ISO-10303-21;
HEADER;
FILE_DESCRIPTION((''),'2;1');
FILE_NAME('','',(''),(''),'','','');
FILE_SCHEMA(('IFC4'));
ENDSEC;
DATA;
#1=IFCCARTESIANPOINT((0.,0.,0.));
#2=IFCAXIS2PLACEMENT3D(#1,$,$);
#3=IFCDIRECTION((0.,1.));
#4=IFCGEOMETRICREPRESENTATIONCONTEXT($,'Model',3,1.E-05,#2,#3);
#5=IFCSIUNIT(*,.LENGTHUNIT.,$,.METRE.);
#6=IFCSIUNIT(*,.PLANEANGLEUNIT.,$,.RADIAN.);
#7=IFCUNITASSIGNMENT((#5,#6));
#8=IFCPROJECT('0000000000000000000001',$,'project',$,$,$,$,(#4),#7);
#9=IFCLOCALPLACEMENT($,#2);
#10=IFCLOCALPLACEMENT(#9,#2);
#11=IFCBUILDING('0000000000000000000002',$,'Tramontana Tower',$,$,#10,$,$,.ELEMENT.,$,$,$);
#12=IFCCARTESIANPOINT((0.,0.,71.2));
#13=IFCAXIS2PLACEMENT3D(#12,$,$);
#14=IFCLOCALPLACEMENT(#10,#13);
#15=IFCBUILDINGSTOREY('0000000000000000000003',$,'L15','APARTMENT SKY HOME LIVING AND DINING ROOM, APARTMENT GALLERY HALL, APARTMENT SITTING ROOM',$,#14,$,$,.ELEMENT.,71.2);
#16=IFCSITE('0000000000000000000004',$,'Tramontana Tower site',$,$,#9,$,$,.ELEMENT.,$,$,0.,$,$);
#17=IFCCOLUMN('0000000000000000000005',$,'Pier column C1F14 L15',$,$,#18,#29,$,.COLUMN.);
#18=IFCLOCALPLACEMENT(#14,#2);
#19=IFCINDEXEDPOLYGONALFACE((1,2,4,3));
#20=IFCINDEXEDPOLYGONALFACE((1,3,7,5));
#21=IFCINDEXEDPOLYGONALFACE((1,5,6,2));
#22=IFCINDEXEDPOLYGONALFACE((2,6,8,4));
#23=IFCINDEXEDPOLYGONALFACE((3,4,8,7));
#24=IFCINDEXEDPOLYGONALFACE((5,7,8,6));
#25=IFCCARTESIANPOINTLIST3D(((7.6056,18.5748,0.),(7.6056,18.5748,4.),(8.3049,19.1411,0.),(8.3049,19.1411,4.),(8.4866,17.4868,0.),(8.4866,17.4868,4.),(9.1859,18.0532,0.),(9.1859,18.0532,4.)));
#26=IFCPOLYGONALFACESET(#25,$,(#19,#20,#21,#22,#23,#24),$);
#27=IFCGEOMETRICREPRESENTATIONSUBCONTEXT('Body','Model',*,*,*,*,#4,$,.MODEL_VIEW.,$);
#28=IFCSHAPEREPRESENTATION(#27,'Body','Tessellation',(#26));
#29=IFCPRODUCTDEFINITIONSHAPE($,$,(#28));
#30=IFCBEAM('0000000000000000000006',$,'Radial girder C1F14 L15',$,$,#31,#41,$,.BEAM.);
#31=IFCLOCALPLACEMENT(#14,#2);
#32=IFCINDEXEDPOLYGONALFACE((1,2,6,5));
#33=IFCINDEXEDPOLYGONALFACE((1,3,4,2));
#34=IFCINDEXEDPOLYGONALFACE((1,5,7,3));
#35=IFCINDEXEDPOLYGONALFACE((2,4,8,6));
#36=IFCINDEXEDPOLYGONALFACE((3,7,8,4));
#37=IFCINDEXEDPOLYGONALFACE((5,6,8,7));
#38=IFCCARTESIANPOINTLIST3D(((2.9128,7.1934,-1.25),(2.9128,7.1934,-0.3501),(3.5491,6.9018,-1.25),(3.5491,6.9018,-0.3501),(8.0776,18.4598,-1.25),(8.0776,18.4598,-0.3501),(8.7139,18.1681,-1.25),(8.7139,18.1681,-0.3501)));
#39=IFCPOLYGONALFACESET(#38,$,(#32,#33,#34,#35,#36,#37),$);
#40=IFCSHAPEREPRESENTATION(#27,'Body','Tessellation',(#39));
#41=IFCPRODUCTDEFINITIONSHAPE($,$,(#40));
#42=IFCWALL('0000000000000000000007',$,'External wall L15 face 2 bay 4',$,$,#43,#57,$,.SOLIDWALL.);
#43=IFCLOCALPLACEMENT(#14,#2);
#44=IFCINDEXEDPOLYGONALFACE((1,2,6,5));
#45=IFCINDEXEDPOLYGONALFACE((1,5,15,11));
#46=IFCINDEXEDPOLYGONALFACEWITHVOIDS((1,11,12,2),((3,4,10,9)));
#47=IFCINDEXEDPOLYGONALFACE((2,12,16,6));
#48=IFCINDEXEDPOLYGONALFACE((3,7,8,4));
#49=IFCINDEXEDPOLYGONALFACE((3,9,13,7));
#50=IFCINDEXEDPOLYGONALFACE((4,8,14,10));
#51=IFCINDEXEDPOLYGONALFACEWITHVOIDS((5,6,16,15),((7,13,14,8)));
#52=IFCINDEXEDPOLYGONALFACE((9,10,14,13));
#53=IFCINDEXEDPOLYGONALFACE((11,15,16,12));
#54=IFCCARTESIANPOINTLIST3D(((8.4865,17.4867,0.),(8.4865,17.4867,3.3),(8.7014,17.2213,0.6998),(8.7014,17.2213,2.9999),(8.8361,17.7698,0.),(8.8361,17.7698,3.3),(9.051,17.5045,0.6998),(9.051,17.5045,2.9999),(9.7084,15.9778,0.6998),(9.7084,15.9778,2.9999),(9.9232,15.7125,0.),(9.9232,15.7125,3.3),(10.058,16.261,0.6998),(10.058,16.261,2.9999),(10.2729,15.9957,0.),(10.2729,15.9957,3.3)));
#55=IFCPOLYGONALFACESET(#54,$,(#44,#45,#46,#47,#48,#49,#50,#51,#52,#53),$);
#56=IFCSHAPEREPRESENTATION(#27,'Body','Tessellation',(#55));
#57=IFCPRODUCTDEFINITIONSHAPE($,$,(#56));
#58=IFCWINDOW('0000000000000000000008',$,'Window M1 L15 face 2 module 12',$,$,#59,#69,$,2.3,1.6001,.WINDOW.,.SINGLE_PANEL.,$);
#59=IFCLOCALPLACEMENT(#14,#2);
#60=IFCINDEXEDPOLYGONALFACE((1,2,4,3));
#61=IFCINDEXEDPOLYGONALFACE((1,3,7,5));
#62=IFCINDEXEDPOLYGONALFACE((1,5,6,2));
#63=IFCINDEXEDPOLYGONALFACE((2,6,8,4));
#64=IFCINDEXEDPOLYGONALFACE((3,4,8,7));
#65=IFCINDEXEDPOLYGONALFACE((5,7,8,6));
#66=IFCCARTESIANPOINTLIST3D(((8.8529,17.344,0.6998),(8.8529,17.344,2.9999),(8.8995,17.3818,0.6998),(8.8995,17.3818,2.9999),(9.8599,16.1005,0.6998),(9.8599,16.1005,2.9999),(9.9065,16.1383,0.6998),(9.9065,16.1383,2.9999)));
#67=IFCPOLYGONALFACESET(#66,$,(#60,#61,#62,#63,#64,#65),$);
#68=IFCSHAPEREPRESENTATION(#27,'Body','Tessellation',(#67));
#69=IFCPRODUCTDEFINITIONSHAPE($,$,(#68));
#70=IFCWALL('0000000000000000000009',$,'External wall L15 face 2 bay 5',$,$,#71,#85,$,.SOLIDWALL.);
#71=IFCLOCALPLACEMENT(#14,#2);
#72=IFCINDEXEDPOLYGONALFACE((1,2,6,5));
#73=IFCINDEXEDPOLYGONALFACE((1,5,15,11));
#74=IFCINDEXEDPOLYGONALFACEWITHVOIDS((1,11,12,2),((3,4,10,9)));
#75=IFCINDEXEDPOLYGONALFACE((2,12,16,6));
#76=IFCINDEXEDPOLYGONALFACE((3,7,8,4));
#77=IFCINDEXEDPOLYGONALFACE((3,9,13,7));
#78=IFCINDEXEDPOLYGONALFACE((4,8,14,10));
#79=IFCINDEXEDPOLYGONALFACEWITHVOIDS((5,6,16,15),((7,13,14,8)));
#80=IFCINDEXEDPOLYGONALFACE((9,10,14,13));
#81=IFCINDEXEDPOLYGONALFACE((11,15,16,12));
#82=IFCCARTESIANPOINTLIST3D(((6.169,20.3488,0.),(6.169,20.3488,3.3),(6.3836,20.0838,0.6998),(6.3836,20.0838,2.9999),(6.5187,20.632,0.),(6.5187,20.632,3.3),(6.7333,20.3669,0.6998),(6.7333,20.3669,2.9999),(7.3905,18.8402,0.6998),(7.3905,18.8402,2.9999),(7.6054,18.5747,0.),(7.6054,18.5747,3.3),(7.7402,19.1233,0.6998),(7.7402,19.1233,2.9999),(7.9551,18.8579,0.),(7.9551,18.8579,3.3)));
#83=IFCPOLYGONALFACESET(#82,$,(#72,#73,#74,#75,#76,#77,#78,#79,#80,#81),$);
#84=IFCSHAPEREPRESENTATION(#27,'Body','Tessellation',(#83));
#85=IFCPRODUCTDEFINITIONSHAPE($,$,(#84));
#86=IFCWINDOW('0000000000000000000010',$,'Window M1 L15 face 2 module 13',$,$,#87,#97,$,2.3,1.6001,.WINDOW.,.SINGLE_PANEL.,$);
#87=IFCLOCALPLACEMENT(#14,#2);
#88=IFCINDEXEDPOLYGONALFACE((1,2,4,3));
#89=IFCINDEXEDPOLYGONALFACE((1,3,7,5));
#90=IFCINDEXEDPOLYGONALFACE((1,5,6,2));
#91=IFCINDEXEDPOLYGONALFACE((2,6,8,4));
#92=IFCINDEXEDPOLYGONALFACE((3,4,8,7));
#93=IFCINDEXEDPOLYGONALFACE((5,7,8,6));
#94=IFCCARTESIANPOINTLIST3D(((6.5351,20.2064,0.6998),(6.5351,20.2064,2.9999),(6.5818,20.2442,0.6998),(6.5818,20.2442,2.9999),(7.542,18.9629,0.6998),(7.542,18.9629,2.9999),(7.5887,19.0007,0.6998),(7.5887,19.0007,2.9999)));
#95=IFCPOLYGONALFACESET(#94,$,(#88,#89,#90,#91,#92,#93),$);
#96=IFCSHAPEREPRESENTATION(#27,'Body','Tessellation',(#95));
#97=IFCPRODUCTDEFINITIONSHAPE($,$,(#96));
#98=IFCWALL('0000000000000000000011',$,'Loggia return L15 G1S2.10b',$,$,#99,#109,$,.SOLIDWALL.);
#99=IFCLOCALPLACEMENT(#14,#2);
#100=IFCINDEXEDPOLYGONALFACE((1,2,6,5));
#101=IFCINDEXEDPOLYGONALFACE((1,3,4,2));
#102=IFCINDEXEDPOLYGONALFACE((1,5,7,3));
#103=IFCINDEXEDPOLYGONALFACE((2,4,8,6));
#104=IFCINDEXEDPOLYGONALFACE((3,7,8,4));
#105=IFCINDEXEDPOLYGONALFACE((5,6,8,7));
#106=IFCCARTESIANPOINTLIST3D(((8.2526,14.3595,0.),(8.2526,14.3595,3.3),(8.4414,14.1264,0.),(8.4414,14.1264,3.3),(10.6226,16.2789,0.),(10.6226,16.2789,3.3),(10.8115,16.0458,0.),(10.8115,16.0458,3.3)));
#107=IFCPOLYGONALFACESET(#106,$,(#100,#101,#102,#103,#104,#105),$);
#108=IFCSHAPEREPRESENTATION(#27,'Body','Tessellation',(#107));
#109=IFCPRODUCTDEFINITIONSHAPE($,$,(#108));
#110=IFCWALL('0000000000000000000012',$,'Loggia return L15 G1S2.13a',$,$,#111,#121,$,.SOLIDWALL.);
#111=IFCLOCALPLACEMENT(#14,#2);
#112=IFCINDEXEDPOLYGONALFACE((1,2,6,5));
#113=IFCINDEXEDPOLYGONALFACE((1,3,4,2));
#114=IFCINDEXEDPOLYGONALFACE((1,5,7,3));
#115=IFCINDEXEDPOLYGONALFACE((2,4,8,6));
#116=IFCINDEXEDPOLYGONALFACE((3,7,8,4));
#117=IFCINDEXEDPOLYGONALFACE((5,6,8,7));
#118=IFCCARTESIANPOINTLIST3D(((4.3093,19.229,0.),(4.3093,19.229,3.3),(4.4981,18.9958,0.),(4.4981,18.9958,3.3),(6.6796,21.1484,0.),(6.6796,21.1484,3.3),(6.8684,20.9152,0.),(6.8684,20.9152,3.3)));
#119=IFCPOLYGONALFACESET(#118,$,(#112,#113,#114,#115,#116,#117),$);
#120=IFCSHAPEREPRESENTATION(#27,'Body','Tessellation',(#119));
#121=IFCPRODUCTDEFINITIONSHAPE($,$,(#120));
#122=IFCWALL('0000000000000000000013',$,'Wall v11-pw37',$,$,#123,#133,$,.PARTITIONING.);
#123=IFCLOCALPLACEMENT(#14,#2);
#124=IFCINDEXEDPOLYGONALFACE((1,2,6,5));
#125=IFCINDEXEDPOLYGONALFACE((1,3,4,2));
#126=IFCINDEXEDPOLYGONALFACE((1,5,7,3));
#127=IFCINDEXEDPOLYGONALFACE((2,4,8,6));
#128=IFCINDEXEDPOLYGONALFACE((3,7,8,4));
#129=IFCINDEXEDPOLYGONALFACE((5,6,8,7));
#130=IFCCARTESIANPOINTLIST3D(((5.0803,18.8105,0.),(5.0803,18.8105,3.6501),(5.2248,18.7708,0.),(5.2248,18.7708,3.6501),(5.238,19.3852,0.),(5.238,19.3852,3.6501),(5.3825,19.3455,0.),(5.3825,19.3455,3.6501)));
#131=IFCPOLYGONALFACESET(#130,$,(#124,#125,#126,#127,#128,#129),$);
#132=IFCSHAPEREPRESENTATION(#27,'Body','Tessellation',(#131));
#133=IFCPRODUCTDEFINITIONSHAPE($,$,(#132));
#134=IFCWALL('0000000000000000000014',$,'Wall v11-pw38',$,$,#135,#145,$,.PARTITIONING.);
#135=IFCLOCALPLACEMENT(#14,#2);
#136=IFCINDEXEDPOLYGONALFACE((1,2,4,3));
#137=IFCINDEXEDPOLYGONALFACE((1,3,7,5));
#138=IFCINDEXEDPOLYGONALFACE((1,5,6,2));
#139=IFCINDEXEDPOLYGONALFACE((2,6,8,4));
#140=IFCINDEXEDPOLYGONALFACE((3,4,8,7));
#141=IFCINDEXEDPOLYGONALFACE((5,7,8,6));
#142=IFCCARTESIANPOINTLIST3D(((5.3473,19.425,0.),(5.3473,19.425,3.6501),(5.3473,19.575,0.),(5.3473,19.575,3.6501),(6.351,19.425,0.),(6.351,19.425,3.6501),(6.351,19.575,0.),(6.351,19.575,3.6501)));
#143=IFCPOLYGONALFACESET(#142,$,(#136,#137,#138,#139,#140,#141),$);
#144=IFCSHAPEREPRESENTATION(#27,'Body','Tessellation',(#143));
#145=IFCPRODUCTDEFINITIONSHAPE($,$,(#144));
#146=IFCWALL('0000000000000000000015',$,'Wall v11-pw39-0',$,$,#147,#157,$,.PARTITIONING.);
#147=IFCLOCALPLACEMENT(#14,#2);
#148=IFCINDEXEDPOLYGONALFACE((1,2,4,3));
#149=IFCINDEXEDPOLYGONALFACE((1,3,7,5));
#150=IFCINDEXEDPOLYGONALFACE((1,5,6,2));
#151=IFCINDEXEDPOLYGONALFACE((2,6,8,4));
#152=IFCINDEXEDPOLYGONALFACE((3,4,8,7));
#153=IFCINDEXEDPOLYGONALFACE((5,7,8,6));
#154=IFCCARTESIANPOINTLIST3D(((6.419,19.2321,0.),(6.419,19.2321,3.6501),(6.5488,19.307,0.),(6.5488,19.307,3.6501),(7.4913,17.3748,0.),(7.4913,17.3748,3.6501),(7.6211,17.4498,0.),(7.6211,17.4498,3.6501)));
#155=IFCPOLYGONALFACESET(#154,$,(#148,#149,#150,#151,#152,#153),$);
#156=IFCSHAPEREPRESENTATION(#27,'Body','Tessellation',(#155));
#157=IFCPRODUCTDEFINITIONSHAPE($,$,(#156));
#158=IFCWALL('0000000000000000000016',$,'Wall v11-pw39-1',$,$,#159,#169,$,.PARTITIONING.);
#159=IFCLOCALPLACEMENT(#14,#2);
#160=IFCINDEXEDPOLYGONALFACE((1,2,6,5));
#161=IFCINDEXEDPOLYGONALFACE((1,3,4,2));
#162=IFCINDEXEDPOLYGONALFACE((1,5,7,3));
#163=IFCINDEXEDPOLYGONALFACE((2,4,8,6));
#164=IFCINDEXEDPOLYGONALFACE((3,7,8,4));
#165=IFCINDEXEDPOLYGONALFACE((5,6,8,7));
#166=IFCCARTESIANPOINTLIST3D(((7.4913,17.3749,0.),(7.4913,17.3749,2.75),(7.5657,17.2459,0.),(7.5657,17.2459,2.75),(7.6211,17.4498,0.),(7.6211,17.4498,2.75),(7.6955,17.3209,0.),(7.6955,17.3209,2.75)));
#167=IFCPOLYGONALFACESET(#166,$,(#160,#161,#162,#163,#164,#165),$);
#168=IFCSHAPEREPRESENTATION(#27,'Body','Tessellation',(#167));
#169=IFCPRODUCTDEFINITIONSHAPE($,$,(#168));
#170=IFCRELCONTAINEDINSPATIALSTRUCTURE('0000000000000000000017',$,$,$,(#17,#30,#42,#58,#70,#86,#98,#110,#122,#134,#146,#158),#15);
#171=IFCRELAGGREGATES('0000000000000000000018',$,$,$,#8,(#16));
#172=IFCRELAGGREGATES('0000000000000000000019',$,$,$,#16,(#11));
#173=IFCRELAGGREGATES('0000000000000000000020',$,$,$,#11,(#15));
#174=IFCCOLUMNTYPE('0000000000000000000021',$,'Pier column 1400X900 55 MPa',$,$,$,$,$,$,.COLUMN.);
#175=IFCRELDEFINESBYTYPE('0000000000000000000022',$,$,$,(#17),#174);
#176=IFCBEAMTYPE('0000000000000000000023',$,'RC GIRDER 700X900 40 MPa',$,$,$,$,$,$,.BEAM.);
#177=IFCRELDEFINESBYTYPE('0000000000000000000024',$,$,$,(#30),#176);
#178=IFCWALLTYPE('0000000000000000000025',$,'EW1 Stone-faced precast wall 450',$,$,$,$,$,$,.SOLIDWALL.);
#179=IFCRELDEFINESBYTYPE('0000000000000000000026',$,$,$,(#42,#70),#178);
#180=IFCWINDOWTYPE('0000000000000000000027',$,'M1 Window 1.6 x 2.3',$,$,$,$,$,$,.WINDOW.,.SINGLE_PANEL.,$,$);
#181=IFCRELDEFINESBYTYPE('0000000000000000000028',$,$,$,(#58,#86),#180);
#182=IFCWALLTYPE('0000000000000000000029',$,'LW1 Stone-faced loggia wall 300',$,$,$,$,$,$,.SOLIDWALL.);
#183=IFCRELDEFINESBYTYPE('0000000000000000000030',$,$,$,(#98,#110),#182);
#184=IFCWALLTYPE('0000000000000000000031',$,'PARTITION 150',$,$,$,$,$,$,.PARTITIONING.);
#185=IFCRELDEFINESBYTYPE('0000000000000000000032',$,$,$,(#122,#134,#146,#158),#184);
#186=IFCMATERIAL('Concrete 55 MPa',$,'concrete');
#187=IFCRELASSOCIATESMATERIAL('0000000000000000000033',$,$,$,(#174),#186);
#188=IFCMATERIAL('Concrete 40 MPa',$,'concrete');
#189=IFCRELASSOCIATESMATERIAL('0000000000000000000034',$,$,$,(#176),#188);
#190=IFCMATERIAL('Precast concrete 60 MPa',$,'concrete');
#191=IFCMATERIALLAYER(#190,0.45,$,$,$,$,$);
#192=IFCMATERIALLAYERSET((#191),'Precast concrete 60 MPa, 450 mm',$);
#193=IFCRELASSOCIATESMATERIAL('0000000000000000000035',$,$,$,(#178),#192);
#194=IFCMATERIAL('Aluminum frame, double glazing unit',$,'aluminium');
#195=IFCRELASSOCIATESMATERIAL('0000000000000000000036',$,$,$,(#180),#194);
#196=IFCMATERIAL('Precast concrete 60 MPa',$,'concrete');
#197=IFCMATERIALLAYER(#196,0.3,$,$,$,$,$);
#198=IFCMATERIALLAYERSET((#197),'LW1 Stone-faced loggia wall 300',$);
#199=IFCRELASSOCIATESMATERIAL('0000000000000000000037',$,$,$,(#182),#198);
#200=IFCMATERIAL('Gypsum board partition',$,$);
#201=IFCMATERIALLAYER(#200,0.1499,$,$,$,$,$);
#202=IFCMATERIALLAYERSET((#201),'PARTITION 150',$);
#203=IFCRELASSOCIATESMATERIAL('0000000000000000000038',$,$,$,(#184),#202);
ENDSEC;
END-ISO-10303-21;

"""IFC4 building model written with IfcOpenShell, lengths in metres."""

from ifc_helpers import new_model, si_unit, direction, frame, frame_2d, origin, origin_2d, place, context, subcontext, project, spatial, rectangle, extrude, material, layer, layer_set, material_profile, profile_set, type_object, element, fill, save


model = new_model("IFC4")

# Units and contexts
model_context = context("Model", 3, precision=1e-05, world=origin(), true_north=direction((0.0, 1.0)))
body_context = subcontext(model_context, "Body", "Model", "MODEL_VIEW")
ifc_project = project(units=[si_unit("LENGTHUNIT", "METRE"), si_unit("PLANEANGLEUNIT", "RADIAN")], contexts=[model_context])

# Site, building, storey
site_placement = place(None, origin())
site = spatial("IfcSite", under=ifc_project, at=site_placement, Name="Tramontana Tower site", CompositionType="ELEMENT", RefElevation=0.0)
building_placement = place(site_placement, origin())
building = spatial("IfcBuilding", under=site, at=building_placement, Name="Tramontana Tower", CompositionType="ELEMENT")
storey_placement = place(building_placement, frame((0.0, 0.0, 71.2)))
storey = spatial("IfcBuildingStorey", under=building, at=storey_placement, Name="L15", Description="APARTMENT SKY HOME LIVING AND DINING ROOM, APARTMENT GALLERY HALL, APARTMENT SITTING ROOM", CompositionType="ELEMENT", Elevation=71.2)

# Column
ifc_material_1 = material(Name="Concrete 55 MPa", Category="concrete")
ifc_material_profile_1 = material_profile(ifc_material_1, rectangle(XDim=1.3999, YDim=0.8999, at=origin_2d()), Name="Pier column 1400X900 55 MPa")
ifc_profile_set_1 = profile_set([ifc_material_profile_1], Name="Concrete 55 MPa")
column_type = type_object("IfcColumnType", Name="Pier column 1400X900 55 MPa", PredefinedType="COLUMN", material=ifc_profile_set_1)
column_placement = place(storey_placement, frame((8.3958, 18.314, 0.0), z_axis=(0.0, 0.0, 1.0), x_axis=(-0.62932, 0.777146, 0.0)))
element("IfcColumn", 1, at=column_placement, inside=storey, type_object=column_type, Name="Pier column C1F14 L15", PredefinedType="COLUMN", context=body_context, shape_type="SweptSolid", body=[
    extrude(rectangle(XDim=1.3999, YDim=0.8999, at=origin_2d()), origin(), (0.0, 0.0, 1.0), 4.0),
])

# Beam
ifc_material_2 = material(Name="Concrete 40 MPa", Category="concrete")
ifc_material_profile_2 = material_profile(ifc_material_2, rectangle(XDim=0.7, YDim=0.8999, at=origin_2d()), Name="RC GIRDER 700X900 40 MPa")
ifc_profile_set_2 = profile_set([ifc_material_profile_2], Name="Concrete 40 MPa")
beam_type = type_object("IfcBeamType", Name="RC GIRDER 700X900 40 MPa", PredefinedType="BEAM", material=ifc_profile_set_2)
beam_placement = place(storey_placement, frame((8.3958, 18.314, -0.8), z_axis=(-0.416725, -0.909033, 0.0), x_axis=(0.909033, -0.416725, 0.0)))
element("IfcBeam", 2, at=beam_placement, inside=storey, type_object=beam_type, Name="Radial girder C1F14 L15", PredefinedType="BEAM", context=body_context, shape_type="SweptSolid", body=[
    extrude(rectangle(XDim=0.7, YDim=0.8999, at=origin_2d()), origin(), (0.0, 0.0, 1.0), 12.3938),
])

# Walls, openings, windows
ifc_material_3 = material(Name="Precast concrete 60 MPa", Category="concrete")
ifc_layer_1 = layer(ifc_material_3, 0.45)
ifc_layer_set_1 = layer_set([ifc_layer_1], Name="Precast concrete 60 MPa, 450 mm")
wall_type_1 = type_object("IfcWallType", Name="EW1 Stone-faced precast wall 450", PredefinedType="SOLIDWALL", material=ifc_layer_set_1)
wall_1_placement = place(storey_placement, frame((10.0981, 15.854, 0.0), z_axis=(0.0, 0.0, 1.0), x_axis=(-0.62934, 0.77713, 0.0)))
wall_1 = element("IfcWall", 3, at=wall_1_placement, inside=storey, type_object=wall_type_1, Name="External wall L15 face 2 bay 4", PredefinedType="SOLIDWALL", context=body_context, shape_type="SweptSolid", body=[
    extrude(rectangle(XDim=2.283, YDim=0.45, at=frame_2d((1.1416, 0.0))), origin(), (0.0, 0.0, 1.0), 3.3),
])
opening_1_placement = place(wall_1_placement, frame((0.3416, 0.0, 0.7)))
opening_1 = element("IfcOpeningElement", 4, at=opening_1_placement, cuts=wall_1, PredefinedType="OPENING", context=body_context, shape_type="SweptSolid", body=[
    extrude(rectangle(XDim=1.6001, YDim=2.3, at=frame_2d((0.8, 1.1499))), frame((0.0, 0.2349, 0.0), z_axis=(0.0, -1.0, 0.0), x_axis=(1.0, 0.0, 0.0)), (0.0, 0.0, 1.0), 0.47),
])
ifc_material_4 = material(Name="Aluminum frame, double glazing unit", Category="aluminium")
window_type = type_object("IfcWindowType", Name="M1 Window 1.6 x 2.3", PartitioningType="SINGLE_PANEL", PredefinedType="WINDOW", material=ifc_material_4)
window_1_placement = place(opening_1_placement, origin())
window_1 = element("IfcWindow", 5, at=window_1_placement, inside=storey, type_object=window_type, Name="Window M1 L15 face 2 module 12", OverallHeight=2.3, OverallWidth=1.6001, PartitioningType="SINGLE_PANEL", PredefinedType="WINDOW", context=body_context, shape_type="SweptSolid", body=[
    extrude(rectangle(XDim=1.6001, YDim=2.3, at=frame_2d((0.8, 1.1499))), frame((0.0, 0.03, 0.0), z_axis=(0.0, -1.0, 0.0), x_axis=(1.0, 0.0, 0.0)), (0.0, 0.0, 1.0), 0.0601),
])
fill(opening_1, window_1)
wall_2_placement = place(storey_placement, frame((7.7803, 18.7163, 0.0), z_axis=(0.0, 0.0, 1.0), x_axis=(-0.629275, 0.777183, 0.0)))
wall_2 = element("IfcWall", 6, at=wall_2_placement, inside=storey, type_object=wall_type_1, Name="External wall L15 face 2 bay 5", PredefinedType="SOLIDWALL", context=body_context, shape_type="SweptSolid", body=[
    extrude(rectangle(XDim=2.2827, YDim=0.45, at=frame_2d((1.1414, 0.0))), origin(), (0.0, 0.0, 1.0), 3.3),
])
opening_2_placement = place(wall_2_placement, frame((0.3416, 0.0, 0.7)))
opening_2 = element("IfcOpeningElement", 7, at=opening_2_placement, cuts=wall_2, PredefinedType="OPENING", context=body_context, shape_type="SweptSolid", body=[
    extrude(rectangle(XDim=1.6001, YDim=2.3, at=frame_2d((0.8, 1.1499))), frame((0.0, 0.2349, 0.0), z_axis=(0.0, -1.0, 0.0), x_axis=(1.0, 0.0, 0.0)), (0.0, 0.0, 1.0), 0.47),
])
window_2_placement = place(opening_2_placement, origin())
window_2 = element("IfcWindow", 8, at=window_2_placement, inside=storey, type_object=window_type, Name="Window M1 L15 face 2 module 13", OverallHeight=2.3, OverallWidth=1.6001, PartitioningType="SINGLE_PANEL", PredefinedType="WINDOW", context=body_context, shape_type="SweptSolid", body=[
    extrude(rectangle(XDim=1.6001, YDim=2.3, at=frame_2d((0.8, 1.1499))), frame((0.0, 0.03, 0.0), z_axis=(0.0, -1.0, 0.0), x_axis=(1.0, 0.0, 0.0)), (0.0, 0.0, 1.0), 0.0601),
])
fill(opening_2, window_2)

# Walls
ifc_material_5 = material(Name="Precast concrete 60 MPa", Category="concrete")
ifc_layer_2 = layer(ifc_material_5, 0.3)
ifc_layer_set_2 = layer_set([ifc_layer_2], Name="LW1 Stone-faced loggia wall 300")
wall_type_2 = type_object("IfcWallType", Name="LW1 Stone-faced loggia wall 300", PredefinedType="SOLIDWALL", material=ifc_layer_set_2)
wall_3_placement = place(storey_placement, frame((10.717, 16.1624, 0.0), z_axis=(0.0, 0.0, 1.0), x_axis=(-0.777122, -0.62935, 0.0)))
element("IfcWall", 9, at=wall_3_placement, inside=storey, type_object=wall_type_2, Name="Loggia return L15 G1S2.10b", PredefinedType="SOLIDWALL", context=body_context, shape_type="SweptSolid", body=[
    extrude(rectangle(XDim=3.0498, YDim=0.3, at=frame_2d((1.5249, 0.0))), origin(), (0.0, 0.0, 1.0), 3.3),
])
wall_4_placement = place(storey_placement, frame((6.7739, 21.0317, 0.0), z_axis=(0.0, 0.0, 1.0), x_axis=(-0.777154, -0.629311, 0.0)))
element("IfcWall", 10, at=wall_4_placement, inside=storey, type_object=wall_type_2, Name="Loggia return L15 G1S2.13a", PredefinedType="SOLIDWALL", context=body_context, shape_type="SweptSolid", body=[
    extrude(rectangle(XDim=3.05, YDim=0.3, at=frame_2d((1.5249, 0.0))), origin(), (0.0, 0.0, 1.0), 3.3),
])
ifc_material_6 = material(Name="Gypsum board partition")
ifc_layer_3 = layer(ifc_material_6, 0.1499)
ifc_layer_set_3 = layer_set([ifc_layer_3], Name="PARTITION 150")
wall_type_3 = type_object("IfcWallType", Name="PARTITION 150", PredefinedType="PARTITIONING", material=ifc_layer_set_3)
wall_5_placement = place(storey_placement, frame((5.1526, 18.7908, 0.0), z_axis=(0.0, 0.0, 1.0), x_axis=(0.264642, 0.964347, 0.0)))
element("IfcWall", 11, at=wall_5_placement, inside=storey, type_object=wall_type_3, Name="Wall v11-pw37", PredefinedType="PARTITIONING", context=body_context, shape_type="SweptSolid", body=[
    extrude(rectangle(XDim=0.5959, YDim=0.1499, at=frame_2d((0.2979, 0.0))), origin(), (0.0, 0.0, 1.0), 3.6501),
])
wall_6_placement = place(storey_placement, frame((5.3472, 19.5, 0.0), z_axis=(0.0, 0.0, 1.0), x_axis=(1.0, 0.0, 0.0)))
element("IfcWall", 12, at=wall_6_placement, inside=storey, type_object=wall_type_3, Name="Wall v11-pw38", PredefinedType="PARTITIONING", context=body_context, shape_type="SweptSolid", body=[
    extrude(rectangle(XDim=1.0037, YDim=0.1499, at=frame_2d((0.502, 0.0))), origin(), (0.0, 0.0, 1.0), 3.6501),
])
wall_7_placement = place(storey_placement, frame((6.4839, 19.2695, 0.0), z_axis=(0.0, 0.0, 1.0), x_axis=(0.500008, -0.866021, 0.0)))
element("IfcWall", 13, at=wall_7_placement, inside=storey, type_object=wall_type_3, Name="Wall v11-pw39-0", PredefinedType="PARTITIONING", context=body_context, shape_type="SweptSolid", body=[
    extrude(rectangle(XDim=2.1445, YDim=0.1499, at=frame_2d((1.0723, 0.0))), origin(), (0.0, 0.0, 1.0), 3.6501),
])
wall_8_placement = place(storey_placement, frame((7.5562, 17.4124, 0.0), z_axis=(0.0, 0.0, 1.0), x_axis=(0.500196, -0.865912, 0.0)))
element("IfcWall", 14, at=wall_8_placement, inside=storey, type_object=wall_type_3, Name="Wall v11-pw39-1", PredefinedType="PARTITIONING", context=body_context, shape_type="SweptSolid", body=[
    extrude(rectangle(XDim=0.1489, YDim=0.1499, at=frame_2d((0.0745, 0.0))), origin(), (0.0, 0.0, 1.0), 2.75),
])

save(model, "model.ifc")
